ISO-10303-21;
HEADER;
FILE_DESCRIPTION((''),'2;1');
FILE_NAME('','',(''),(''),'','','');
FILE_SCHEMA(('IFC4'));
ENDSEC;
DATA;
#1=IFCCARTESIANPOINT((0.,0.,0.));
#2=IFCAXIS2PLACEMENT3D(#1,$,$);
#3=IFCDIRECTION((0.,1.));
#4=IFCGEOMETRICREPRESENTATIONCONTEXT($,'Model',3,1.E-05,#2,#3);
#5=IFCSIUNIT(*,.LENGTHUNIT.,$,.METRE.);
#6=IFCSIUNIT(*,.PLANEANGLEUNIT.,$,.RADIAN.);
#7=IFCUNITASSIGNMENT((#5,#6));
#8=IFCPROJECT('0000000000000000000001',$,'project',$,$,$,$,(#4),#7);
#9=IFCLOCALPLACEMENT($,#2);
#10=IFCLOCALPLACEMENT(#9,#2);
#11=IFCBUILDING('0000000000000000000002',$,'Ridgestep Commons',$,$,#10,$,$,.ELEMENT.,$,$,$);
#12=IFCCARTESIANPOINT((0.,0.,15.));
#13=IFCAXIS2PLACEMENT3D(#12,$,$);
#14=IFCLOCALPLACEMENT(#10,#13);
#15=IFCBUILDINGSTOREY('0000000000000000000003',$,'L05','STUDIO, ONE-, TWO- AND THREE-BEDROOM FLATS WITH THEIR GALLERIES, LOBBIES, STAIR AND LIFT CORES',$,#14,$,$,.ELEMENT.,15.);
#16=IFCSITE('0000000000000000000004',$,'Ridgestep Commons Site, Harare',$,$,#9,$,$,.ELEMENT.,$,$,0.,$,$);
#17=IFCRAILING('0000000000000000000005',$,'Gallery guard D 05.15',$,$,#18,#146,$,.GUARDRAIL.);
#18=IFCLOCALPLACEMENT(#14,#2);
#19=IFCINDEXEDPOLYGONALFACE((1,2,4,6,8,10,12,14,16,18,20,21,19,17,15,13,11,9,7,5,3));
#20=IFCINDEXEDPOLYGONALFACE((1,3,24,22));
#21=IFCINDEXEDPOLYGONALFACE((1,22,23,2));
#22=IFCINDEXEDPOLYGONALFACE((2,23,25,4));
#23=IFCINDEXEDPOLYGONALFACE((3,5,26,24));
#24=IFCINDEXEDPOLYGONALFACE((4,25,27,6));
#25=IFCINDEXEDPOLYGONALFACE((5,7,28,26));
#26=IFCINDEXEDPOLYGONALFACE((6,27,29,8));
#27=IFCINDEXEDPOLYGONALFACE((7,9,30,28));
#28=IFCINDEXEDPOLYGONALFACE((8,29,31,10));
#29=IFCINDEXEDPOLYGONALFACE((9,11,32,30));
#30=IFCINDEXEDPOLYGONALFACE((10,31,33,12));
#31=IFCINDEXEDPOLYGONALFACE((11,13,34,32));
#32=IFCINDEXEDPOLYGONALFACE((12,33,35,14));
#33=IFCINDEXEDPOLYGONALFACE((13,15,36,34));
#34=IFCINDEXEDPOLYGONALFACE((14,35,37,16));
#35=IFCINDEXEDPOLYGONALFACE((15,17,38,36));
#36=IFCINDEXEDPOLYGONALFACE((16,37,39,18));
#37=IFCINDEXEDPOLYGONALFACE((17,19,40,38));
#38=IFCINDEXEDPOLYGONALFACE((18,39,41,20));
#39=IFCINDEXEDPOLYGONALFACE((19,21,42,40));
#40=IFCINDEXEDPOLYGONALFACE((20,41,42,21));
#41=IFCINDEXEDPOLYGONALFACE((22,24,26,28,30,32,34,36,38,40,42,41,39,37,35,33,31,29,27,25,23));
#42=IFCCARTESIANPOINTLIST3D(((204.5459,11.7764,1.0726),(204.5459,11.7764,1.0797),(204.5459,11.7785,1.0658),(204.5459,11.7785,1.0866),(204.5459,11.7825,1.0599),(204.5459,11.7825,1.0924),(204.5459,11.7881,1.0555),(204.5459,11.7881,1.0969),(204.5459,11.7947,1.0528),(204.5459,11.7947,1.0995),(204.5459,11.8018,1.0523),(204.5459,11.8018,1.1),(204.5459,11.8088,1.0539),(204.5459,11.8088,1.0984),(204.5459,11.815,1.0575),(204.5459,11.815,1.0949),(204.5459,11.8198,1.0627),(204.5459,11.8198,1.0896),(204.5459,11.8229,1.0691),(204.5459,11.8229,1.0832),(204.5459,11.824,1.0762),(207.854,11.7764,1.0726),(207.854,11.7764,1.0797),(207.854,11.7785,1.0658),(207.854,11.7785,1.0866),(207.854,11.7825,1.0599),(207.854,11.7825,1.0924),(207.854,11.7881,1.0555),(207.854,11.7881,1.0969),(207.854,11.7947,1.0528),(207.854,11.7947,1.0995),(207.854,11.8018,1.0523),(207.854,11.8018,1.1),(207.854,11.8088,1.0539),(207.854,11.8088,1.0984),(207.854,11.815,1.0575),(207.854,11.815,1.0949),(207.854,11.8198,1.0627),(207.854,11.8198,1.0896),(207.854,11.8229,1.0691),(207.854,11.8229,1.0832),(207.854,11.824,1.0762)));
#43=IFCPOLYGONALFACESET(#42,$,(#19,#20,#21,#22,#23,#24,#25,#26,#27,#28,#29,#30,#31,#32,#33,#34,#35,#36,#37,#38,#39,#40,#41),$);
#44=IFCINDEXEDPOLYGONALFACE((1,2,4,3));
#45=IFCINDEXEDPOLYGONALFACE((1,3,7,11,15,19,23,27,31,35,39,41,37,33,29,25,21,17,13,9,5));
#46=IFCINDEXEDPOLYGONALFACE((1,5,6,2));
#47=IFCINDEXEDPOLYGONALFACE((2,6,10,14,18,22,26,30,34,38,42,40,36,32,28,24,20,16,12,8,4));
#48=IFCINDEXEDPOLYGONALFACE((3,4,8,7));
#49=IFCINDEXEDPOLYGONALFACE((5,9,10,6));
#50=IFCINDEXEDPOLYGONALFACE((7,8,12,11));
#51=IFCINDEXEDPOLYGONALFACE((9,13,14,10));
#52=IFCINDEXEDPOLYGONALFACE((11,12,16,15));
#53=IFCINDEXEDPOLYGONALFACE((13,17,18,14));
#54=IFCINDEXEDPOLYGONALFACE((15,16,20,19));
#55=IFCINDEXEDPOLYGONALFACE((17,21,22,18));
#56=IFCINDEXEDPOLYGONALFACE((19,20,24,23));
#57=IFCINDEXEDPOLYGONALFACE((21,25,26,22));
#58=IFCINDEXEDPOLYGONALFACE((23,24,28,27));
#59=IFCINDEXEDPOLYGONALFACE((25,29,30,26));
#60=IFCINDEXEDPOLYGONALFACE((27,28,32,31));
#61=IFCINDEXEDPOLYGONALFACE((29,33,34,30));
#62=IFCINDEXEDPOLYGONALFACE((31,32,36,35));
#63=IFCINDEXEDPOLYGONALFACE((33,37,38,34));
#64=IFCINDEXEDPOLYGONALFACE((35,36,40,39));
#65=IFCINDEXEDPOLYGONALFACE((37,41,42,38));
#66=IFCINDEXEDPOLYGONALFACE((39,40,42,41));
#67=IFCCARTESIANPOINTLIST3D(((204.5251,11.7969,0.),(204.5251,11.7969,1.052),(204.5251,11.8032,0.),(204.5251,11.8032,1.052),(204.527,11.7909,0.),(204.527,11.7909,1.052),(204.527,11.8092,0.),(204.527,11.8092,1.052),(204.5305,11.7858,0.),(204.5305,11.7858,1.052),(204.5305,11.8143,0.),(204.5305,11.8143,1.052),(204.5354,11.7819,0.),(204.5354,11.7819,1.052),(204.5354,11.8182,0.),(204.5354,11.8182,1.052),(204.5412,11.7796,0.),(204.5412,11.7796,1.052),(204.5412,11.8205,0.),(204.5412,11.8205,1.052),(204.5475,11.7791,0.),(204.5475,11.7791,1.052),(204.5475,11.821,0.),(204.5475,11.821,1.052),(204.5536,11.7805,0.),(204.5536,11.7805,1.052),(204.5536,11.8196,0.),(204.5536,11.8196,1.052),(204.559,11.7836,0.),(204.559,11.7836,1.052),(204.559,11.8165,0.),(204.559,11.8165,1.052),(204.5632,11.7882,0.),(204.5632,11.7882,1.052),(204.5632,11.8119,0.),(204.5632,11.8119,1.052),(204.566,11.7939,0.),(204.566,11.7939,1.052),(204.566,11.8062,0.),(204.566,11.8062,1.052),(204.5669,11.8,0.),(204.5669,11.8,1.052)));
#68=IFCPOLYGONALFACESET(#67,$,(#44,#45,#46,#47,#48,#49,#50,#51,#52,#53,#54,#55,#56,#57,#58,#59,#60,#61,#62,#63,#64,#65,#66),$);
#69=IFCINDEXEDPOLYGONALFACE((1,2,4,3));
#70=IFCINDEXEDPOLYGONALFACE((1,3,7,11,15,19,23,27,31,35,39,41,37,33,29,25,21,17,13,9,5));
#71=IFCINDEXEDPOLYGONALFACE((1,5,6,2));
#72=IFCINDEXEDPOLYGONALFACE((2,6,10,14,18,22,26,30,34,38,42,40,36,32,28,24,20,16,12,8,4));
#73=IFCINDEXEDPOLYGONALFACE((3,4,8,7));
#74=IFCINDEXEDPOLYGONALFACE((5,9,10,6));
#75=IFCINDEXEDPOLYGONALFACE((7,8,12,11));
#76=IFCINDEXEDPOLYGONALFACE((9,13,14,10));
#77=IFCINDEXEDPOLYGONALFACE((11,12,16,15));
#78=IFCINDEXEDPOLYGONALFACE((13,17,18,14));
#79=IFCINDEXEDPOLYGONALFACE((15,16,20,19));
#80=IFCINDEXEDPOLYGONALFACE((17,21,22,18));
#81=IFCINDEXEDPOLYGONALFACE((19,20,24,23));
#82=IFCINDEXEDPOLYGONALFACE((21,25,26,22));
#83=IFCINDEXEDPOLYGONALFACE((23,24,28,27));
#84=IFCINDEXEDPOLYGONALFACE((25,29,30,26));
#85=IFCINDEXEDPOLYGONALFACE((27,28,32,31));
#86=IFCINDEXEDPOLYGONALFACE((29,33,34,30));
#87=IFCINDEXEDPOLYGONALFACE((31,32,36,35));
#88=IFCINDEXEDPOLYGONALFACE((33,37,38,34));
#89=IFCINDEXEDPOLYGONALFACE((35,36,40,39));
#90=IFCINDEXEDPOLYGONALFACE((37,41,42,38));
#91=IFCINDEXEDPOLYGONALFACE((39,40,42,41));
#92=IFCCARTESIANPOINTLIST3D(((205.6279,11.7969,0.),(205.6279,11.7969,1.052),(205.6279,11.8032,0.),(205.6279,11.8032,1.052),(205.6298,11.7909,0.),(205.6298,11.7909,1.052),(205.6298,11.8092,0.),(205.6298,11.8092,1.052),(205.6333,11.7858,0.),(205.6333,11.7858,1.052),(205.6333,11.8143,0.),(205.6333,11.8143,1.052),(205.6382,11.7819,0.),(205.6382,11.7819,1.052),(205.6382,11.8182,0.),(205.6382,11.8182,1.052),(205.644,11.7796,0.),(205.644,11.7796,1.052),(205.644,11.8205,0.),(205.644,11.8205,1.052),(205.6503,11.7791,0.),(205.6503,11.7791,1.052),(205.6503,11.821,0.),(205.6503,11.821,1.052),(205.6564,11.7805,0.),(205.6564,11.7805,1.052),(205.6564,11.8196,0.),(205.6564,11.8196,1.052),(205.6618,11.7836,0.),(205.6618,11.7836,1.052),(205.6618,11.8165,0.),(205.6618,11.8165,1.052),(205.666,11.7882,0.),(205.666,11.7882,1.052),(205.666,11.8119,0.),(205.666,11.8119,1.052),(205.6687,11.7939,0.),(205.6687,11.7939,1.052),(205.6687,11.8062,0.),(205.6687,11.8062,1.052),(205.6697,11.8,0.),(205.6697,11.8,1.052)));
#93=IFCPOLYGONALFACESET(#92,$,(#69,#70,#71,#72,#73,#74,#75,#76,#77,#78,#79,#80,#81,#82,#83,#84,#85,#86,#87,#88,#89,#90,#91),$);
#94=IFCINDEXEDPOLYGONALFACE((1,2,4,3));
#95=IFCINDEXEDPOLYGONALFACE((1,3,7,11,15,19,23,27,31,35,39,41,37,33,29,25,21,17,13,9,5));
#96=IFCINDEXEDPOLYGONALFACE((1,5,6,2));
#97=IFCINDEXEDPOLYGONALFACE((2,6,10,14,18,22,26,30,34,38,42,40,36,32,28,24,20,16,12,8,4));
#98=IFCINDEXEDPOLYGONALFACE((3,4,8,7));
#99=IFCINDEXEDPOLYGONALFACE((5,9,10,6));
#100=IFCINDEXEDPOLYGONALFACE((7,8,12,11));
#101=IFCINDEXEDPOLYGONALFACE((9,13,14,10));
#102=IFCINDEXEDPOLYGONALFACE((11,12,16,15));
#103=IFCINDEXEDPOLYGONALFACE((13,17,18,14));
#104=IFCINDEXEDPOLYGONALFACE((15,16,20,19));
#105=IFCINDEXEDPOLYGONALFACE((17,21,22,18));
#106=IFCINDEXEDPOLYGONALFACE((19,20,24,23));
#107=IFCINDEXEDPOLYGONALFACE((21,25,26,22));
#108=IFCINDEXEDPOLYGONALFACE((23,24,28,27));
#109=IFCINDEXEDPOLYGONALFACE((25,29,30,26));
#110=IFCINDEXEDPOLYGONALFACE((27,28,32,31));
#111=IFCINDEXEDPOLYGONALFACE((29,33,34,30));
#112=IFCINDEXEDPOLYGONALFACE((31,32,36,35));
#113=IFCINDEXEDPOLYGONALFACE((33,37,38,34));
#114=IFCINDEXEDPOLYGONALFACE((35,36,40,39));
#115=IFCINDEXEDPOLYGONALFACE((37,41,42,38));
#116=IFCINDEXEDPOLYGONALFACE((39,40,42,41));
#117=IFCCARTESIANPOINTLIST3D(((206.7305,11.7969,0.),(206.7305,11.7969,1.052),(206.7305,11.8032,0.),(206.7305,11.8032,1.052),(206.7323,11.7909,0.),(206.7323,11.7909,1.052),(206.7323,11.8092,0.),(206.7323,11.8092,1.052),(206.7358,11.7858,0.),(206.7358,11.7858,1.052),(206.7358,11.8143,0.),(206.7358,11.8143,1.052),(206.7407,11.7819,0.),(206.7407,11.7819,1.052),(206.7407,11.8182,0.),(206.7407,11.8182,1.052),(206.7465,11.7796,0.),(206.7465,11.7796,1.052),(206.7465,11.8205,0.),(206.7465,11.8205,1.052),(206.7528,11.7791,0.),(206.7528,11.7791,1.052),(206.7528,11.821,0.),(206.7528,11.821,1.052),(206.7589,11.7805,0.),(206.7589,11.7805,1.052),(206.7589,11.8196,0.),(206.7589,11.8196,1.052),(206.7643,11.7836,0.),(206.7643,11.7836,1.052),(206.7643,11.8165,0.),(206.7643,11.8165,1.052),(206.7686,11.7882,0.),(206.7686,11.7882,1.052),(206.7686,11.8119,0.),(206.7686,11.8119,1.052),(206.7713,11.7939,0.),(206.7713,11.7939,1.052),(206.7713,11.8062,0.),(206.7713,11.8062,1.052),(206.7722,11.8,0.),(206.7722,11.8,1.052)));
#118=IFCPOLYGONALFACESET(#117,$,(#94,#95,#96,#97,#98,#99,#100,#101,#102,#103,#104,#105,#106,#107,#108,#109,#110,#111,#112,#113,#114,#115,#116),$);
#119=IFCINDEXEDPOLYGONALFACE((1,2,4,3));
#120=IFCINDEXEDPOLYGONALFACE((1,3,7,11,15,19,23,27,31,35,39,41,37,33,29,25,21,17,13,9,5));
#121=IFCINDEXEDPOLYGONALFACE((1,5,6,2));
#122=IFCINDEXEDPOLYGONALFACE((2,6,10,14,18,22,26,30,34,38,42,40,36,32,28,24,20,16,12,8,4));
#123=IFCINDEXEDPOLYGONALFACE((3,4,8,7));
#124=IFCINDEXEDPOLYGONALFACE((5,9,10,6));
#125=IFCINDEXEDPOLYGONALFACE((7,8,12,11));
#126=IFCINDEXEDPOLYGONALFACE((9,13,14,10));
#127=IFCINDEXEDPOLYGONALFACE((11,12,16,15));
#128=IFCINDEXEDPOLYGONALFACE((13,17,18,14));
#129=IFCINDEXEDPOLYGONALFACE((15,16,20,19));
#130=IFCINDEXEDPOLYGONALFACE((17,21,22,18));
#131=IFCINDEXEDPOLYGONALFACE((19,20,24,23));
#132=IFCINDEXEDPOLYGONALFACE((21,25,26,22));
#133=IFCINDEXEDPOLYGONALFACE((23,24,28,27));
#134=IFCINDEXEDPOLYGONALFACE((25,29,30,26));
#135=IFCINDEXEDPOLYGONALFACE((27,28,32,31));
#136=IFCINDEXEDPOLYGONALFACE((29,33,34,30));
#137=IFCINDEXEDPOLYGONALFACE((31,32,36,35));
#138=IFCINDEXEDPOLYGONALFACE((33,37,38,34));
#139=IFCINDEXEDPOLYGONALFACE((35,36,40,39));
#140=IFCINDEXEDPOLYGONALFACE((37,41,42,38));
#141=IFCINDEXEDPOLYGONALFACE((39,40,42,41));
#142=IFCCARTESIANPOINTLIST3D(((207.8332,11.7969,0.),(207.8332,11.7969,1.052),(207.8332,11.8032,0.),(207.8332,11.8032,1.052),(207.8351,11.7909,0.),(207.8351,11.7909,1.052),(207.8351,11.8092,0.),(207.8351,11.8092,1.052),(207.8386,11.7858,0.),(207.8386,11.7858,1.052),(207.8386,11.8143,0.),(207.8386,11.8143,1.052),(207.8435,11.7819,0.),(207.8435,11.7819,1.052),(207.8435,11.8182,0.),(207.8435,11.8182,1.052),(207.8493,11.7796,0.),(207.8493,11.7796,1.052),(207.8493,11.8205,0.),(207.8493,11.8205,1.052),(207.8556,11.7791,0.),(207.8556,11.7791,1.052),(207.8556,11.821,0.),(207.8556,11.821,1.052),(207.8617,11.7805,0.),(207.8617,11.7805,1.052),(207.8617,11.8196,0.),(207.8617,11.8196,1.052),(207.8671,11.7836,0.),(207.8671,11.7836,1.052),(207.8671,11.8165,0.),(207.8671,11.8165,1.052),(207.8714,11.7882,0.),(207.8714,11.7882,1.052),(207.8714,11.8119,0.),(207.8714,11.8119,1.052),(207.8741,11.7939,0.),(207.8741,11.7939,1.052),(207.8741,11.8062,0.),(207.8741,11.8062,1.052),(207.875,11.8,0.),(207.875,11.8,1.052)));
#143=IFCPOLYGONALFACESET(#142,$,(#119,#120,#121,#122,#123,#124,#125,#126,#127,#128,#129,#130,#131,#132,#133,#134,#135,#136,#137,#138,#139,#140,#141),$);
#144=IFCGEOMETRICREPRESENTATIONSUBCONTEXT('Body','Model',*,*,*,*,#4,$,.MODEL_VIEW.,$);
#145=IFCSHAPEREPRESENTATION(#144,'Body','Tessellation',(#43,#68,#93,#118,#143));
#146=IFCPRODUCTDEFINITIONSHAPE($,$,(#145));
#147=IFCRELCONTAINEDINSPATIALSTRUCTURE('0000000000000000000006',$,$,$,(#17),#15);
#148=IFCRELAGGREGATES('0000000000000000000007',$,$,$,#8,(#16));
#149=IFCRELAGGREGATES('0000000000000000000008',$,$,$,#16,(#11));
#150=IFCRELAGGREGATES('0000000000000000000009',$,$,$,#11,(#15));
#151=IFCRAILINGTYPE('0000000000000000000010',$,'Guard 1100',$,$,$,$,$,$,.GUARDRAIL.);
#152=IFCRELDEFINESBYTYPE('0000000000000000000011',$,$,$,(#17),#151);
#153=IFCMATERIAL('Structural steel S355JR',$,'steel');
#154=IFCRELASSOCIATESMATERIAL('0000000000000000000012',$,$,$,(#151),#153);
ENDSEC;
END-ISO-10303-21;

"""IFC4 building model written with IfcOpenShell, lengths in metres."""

from ifc_helpers import new_model, si_unit, direction, frame, origin, origin_2d, place, context, subcontext, project, spatial, circle, extrude, material, type_object, element, save


model = new_model("IFC4")

# Units and contexts
model_context = context("Model", 3, precision=1e-05, world=origin(), true_north=direction((0.0, 1.0)))
body_context = subcontext(model_context, "Body", "Model", "MODEL_VIEW")
ifc_project = project(units=[si_unit("LENGTHUNIT", "METRE"), si_unit("PLANEANGLEUNIT", "RADIAN")], contexts=[model_context])

# Site, building, storey
site_placement = place(None, origin())
site = spatial("IfcSite", under=ifc_project, at=site_placement, Name="Ridgestep Commons Site, Harare", CompositionType="ELEMENT", RefElevation=0.0)
building_placement = place(site_placement, origin())
building = spatial("IfcBuilding", under=site, at=building_placement, Name="Ridgestep Commons", CompositionType="ELEMENT")
storey_placement = place(building_placement, frame((0.0, 0.0, 15.0)))
storey = spatial("IfcBuildingStorey", under=building, at=storey_placement, Name="L05", Description="STUDIO, ONE-, TWO- AND THREE-BEDROOM FLATS WITH THEIR GALLERIES, LOBBIES, STAIR AND LIFT CORES", CompositionType="ELEMENT", Elevation=15.0)

# Railing
ifc_material_1 = material(Name="Structural steel S355JR", Category="steel")
railing_type = type_object("IfcRailingType", Name="Guard 1100", PredefinedType="GUARDRAIL", material=ifc_material_1)
railing_1_placement = place(storey_placement, frame((204.5459, 11.8, 0.0)))
element("IfcRailing", 1, at=railing_1_placement, inside=storey, type_object=railing_type, Name="Gallery guard D 05.15", PredefinedType="GUARDRAIL", context=body_context, shape_type="SweptSolid", body=[
    extrude(circle(Radius=0.0239, at=origin_2d()), frame((0.0, 0.0, 1.0762), z_axis=(1.0, 0.0, 0.0), x_axis=(0.0, 1.0, 0.0)), (0.0, 0.0, 1.0), 3.3081),
    extrude(circle(Radius=0.021, at=origin_2d()), origin(), (0.0, 0.0, 1.0), 1.052),
    extrude(circle(Radius=0.021, at=origin_2d()), frame((1.1028, 0.0, 0.0)), (0.0, 0.0, 1.0), 1.052),
    extrude(circle(Radius=0.021, at=origin_2d()), frame((2.2053, 0.0, 0.0)), (0.0, 0.0, 1.0), 1.052),
    extrude(circle(Radius=0.021, at=origin_2d()), frame((3.3081, 0.0, 0.0)), (0.0, 0.0, 1.0), 1.052),
])

save(model, "model.ifc")
